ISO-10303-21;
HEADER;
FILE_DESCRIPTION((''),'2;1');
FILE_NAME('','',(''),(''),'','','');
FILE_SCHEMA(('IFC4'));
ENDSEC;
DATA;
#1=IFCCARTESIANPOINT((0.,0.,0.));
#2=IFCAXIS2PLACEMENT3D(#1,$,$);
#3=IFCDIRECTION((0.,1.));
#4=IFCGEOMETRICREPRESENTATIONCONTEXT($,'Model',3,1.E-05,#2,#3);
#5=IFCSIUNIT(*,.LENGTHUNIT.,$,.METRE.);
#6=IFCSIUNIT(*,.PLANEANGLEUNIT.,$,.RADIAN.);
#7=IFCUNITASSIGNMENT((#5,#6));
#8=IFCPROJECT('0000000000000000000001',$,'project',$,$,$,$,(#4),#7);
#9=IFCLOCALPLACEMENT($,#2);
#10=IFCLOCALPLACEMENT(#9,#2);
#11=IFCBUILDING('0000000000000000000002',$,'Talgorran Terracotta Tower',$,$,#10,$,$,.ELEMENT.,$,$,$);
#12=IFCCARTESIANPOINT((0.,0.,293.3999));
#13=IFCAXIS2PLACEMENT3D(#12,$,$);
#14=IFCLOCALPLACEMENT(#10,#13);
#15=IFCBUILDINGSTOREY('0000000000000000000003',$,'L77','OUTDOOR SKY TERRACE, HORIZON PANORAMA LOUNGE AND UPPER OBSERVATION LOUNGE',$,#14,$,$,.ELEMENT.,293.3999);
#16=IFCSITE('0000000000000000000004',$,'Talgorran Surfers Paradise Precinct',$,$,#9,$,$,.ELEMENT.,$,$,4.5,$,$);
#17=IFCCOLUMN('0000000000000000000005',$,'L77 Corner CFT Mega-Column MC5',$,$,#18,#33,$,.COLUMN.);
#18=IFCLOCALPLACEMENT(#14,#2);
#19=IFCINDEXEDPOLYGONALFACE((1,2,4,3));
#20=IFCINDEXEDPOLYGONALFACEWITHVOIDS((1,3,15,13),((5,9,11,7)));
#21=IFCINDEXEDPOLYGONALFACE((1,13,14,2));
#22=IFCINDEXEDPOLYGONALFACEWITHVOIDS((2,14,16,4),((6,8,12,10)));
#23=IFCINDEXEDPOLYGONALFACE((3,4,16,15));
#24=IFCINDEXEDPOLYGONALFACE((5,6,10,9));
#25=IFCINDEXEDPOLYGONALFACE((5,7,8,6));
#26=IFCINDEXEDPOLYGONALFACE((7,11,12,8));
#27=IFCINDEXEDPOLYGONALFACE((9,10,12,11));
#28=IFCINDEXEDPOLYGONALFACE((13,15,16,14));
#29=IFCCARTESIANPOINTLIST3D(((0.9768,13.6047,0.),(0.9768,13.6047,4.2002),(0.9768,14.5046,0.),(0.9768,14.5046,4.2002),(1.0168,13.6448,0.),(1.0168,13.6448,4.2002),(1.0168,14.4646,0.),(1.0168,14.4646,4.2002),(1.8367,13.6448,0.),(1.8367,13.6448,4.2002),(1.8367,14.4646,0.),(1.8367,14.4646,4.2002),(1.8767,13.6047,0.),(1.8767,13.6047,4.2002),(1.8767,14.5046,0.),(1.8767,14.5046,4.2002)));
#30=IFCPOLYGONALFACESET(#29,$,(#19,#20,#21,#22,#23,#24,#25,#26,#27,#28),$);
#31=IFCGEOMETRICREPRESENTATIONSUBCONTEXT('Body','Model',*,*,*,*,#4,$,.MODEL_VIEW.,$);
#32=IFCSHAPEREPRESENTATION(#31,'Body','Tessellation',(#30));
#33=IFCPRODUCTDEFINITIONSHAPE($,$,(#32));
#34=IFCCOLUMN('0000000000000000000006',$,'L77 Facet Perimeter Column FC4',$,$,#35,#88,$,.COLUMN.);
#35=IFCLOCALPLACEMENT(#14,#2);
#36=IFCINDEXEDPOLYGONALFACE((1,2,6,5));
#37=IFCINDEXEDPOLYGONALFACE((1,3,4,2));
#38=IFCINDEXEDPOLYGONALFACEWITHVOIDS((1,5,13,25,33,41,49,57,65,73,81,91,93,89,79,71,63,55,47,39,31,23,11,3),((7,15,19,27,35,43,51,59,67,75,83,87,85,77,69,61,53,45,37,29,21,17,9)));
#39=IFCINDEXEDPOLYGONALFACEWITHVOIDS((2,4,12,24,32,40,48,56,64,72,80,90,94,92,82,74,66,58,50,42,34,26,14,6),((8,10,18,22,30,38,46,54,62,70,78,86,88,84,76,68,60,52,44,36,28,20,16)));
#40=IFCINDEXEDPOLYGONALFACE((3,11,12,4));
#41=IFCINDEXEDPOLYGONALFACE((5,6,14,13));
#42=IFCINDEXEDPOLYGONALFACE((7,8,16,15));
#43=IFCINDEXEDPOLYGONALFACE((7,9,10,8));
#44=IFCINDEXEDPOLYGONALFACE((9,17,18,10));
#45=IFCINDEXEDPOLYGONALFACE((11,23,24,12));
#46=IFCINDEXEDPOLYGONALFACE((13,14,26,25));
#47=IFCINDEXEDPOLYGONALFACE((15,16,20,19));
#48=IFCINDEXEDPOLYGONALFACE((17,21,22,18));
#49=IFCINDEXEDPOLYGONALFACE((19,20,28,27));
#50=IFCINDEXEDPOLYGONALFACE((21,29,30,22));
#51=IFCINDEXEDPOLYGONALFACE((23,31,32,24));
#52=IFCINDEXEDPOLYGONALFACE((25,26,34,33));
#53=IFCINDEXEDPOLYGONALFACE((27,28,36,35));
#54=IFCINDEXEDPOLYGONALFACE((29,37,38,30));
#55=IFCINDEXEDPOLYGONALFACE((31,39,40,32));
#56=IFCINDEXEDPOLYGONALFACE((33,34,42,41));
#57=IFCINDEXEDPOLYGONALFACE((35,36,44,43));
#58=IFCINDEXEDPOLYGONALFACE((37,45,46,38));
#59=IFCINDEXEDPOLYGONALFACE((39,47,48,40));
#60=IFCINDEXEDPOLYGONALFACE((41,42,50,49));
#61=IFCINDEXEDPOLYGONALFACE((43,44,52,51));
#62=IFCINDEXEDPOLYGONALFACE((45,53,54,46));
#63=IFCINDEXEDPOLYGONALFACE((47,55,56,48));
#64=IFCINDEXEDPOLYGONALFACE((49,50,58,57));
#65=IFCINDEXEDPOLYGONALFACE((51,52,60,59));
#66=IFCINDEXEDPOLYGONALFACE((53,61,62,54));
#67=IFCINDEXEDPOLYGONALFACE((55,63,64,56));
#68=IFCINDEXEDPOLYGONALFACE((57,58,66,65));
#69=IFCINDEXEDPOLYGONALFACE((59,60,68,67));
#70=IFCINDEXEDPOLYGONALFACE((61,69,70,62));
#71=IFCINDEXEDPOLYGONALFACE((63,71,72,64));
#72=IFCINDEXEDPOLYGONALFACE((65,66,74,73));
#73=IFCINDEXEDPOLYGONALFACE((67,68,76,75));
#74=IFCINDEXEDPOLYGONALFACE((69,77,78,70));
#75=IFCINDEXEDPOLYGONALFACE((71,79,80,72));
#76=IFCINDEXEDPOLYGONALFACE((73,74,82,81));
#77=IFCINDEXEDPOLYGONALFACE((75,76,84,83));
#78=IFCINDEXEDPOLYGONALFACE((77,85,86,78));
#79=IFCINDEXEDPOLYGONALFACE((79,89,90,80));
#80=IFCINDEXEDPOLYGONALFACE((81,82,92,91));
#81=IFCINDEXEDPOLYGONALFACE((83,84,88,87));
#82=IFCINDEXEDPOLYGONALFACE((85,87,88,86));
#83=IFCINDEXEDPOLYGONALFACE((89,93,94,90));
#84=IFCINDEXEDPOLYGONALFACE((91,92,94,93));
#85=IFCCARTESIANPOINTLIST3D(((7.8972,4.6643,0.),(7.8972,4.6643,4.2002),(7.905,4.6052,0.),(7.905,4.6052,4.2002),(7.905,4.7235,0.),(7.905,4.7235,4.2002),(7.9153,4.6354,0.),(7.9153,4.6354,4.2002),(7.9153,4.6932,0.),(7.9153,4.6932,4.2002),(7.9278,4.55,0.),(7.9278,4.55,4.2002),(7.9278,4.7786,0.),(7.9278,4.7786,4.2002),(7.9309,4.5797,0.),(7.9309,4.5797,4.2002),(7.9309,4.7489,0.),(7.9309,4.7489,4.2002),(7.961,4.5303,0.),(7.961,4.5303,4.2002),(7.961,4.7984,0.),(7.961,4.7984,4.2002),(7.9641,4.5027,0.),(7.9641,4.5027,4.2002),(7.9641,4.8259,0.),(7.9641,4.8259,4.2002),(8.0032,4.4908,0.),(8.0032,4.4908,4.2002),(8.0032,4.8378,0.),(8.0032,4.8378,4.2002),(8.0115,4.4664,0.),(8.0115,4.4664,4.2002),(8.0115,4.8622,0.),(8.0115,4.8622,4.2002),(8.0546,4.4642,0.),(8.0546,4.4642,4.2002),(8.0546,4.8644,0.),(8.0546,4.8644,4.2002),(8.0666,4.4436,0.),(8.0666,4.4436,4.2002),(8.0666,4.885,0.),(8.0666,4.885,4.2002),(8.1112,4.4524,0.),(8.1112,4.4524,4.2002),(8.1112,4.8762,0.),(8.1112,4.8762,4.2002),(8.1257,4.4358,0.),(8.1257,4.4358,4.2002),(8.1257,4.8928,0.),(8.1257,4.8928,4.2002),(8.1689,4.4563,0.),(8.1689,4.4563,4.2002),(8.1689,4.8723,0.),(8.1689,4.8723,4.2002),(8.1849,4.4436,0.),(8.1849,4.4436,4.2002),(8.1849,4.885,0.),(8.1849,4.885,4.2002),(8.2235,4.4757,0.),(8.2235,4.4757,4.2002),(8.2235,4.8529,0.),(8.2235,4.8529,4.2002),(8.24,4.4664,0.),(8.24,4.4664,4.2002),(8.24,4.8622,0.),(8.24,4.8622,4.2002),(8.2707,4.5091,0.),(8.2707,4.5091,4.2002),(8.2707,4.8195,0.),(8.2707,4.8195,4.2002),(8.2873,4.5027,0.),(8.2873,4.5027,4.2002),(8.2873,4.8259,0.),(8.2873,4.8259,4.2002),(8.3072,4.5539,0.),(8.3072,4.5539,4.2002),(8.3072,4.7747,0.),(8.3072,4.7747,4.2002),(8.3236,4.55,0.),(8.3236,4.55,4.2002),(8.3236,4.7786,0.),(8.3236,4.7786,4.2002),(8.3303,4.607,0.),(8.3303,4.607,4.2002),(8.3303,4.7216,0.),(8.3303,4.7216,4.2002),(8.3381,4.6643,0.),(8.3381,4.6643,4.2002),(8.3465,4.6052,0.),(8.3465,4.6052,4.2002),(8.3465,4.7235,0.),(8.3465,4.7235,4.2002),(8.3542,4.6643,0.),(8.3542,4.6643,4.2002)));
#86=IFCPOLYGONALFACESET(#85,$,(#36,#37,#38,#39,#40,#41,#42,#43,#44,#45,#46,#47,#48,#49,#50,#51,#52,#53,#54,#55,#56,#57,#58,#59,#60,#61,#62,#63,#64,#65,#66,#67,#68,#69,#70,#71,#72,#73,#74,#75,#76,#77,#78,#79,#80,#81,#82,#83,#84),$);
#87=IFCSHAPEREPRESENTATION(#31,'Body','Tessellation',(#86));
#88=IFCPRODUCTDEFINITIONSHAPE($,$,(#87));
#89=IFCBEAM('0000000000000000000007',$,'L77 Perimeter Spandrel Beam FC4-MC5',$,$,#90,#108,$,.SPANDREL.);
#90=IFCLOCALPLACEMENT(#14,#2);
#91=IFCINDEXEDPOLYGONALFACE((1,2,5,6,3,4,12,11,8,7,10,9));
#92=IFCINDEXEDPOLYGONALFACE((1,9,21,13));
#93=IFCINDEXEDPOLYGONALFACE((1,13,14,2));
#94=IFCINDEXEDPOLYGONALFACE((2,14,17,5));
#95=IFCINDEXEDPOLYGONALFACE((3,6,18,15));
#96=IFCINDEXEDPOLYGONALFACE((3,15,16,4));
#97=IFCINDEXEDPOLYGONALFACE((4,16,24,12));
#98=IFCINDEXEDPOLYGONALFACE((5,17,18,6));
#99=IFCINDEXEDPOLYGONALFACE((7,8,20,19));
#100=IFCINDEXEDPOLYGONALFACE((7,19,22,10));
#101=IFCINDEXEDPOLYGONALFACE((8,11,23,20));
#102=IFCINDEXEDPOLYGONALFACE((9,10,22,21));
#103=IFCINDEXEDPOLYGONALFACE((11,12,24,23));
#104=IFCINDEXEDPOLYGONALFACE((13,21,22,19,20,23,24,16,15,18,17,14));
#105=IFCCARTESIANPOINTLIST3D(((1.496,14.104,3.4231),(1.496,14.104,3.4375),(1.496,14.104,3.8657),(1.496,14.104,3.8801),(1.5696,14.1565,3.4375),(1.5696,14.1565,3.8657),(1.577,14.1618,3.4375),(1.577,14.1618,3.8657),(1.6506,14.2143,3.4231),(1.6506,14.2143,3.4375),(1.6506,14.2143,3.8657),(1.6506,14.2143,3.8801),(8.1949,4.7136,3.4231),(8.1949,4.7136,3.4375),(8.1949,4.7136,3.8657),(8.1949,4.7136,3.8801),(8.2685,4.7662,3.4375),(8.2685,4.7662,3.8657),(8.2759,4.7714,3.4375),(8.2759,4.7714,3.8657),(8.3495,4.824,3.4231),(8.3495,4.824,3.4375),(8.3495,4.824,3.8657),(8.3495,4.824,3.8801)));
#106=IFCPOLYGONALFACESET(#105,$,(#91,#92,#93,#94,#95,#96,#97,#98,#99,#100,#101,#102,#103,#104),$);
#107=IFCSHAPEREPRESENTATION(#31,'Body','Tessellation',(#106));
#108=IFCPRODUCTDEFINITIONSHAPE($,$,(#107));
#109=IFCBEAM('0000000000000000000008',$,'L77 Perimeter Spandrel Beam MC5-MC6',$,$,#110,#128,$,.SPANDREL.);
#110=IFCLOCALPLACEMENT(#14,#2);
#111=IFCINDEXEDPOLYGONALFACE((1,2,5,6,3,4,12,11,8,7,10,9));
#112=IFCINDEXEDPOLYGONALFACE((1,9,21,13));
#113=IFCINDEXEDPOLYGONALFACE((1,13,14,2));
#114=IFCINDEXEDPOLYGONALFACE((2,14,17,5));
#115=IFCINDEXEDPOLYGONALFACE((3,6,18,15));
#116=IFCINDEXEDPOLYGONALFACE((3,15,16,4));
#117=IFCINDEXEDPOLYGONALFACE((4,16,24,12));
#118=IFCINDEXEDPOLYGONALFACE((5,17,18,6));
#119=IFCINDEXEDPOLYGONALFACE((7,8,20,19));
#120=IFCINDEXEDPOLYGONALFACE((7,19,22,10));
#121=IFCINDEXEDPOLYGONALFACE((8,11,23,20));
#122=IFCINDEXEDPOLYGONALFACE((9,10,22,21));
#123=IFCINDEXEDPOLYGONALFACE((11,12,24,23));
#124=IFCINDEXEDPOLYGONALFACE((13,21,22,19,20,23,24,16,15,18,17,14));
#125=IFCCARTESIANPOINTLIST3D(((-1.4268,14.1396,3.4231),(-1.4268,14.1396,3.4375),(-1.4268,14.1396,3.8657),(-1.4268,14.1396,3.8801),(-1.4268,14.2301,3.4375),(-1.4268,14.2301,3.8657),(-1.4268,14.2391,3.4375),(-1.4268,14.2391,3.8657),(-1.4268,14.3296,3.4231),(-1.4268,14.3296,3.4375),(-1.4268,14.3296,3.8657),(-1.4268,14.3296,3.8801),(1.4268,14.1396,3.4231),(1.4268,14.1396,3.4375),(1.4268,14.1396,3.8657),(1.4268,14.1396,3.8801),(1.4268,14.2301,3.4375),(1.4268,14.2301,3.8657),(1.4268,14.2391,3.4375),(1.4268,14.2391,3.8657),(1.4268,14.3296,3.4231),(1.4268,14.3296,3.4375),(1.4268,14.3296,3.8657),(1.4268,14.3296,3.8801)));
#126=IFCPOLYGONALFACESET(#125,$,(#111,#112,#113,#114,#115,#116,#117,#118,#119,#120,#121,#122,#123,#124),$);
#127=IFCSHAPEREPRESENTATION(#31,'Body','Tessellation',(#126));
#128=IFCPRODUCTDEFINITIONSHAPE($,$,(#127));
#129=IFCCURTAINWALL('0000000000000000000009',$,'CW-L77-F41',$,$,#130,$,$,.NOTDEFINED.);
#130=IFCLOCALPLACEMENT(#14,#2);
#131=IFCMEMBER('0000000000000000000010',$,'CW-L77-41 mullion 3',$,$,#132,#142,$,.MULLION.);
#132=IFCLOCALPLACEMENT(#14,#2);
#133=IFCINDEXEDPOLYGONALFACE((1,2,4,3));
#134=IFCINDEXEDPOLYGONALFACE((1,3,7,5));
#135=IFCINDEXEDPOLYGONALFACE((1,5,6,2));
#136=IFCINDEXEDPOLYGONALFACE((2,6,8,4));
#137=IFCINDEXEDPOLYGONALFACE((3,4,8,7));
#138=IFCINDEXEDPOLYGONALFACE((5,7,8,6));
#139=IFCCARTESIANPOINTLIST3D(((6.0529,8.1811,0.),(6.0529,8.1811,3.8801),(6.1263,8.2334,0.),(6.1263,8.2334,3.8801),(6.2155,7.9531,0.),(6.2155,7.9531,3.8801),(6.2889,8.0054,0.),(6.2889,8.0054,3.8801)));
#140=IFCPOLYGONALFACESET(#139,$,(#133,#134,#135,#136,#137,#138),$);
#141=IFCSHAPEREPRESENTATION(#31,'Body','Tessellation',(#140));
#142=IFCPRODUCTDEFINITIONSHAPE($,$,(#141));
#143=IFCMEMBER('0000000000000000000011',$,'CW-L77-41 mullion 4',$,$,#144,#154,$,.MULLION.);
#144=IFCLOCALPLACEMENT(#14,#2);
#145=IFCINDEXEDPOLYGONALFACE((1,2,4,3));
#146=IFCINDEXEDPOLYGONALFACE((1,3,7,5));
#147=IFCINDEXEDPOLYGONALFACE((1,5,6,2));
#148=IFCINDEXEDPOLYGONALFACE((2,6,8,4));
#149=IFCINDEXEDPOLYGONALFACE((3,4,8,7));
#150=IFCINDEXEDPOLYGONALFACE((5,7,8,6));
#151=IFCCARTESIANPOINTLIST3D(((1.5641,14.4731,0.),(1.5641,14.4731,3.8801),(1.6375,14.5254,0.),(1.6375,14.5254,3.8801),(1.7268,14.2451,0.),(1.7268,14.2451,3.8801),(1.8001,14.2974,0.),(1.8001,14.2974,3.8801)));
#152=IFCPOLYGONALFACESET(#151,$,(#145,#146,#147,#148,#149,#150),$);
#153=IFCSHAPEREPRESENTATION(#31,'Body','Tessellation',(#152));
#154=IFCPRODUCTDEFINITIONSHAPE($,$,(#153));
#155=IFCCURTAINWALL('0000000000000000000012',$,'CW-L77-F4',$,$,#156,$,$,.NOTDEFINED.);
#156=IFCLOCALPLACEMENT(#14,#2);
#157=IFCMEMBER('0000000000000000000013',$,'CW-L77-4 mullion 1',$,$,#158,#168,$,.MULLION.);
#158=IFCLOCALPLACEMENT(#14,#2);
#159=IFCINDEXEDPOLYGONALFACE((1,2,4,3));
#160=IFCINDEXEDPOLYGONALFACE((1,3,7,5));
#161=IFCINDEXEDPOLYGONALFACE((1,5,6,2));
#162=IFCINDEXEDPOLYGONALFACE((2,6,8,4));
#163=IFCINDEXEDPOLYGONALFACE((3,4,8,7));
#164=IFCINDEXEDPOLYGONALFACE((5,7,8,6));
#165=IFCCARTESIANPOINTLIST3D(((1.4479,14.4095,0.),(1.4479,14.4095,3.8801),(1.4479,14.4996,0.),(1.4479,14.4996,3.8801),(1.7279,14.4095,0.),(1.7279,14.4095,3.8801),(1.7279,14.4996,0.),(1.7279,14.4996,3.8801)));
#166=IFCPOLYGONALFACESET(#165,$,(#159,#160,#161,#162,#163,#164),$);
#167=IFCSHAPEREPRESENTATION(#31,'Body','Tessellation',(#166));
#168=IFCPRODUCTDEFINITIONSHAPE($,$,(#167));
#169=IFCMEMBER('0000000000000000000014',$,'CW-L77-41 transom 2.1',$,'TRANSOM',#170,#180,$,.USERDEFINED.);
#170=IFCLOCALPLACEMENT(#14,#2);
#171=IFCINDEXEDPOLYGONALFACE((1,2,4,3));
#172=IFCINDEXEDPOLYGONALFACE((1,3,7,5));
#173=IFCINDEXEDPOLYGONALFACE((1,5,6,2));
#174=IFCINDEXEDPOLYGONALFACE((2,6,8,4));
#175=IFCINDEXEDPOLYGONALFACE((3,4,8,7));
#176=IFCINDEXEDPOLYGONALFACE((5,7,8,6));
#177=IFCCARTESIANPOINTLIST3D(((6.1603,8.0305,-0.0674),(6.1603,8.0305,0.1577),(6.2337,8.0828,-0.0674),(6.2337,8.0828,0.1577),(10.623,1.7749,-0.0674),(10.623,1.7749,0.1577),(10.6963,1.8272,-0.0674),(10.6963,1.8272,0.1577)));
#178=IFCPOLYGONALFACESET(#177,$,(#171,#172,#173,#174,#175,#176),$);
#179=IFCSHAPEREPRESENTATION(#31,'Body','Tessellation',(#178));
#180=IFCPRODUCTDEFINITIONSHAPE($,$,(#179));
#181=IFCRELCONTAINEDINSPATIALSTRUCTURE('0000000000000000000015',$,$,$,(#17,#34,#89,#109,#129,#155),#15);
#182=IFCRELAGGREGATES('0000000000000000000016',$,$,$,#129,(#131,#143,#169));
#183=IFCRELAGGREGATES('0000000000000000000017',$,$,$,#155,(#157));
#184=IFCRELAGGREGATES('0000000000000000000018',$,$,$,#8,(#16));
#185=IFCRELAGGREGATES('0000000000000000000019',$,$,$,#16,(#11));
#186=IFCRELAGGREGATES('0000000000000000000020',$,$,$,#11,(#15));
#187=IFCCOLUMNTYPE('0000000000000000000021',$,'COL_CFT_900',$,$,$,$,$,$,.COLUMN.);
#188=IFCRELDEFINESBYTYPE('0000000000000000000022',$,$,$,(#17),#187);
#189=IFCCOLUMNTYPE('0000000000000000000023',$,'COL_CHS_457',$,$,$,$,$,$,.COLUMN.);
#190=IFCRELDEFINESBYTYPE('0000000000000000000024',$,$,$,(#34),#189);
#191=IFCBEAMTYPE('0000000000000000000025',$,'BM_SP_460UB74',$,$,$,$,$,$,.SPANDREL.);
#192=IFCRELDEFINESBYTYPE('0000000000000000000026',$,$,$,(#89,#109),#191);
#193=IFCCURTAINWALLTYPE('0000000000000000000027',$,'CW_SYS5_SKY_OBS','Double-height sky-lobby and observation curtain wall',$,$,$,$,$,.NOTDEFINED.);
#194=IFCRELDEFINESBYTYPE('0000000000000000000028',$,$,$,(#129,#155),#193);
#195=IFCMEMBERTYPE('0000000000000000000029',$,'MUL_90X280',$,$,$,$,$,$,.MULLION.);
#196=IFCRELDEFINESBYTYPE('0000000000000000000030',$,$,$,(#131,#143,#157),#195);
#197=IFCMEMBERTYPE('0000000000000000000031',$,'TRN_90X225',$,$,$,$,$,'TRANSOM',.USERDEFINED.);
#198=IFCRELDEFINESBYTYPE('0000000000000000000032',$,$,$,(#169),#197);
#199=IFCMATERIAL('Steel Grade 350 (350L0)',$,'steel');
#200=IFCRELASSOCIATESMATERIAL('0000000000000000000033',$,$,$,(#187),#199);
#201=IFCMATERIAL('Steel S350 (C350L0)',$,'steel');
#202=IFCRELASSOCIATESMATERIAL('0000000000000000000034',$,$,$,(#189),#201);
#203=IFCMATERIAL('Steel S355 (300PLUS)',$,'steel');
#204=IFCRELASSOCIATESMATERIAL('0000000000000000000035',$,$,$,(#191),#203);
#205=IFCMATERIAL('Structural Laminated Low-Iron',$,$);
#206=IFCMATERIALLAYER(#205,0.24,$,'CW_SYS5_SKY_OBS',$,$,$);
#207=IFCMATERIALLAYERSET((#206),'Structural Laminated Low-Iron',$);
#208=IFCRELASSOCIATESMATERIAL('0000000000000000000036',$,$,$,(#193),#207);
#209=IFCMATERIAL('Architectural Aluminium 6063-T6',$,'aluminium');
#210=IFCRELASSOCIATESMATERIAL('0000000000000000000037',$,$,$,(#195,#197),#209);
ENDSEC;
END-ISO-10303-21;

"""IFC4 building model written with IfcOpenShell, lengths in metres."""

from ifc_helpers import new_model, si_unit, direction, frame, origin, origin_2d, place, context, subcontext, project, spatial, rectangle, hollow_rectangle, hollow_circle, i_section, extrude, material, layer, layer_set, material_profile, profile_set, type_object, element, aggregate, save


model = new_model("IFC4")

# Units and contexts
model_context = context("Model", 3, precision=1e-05, world=origin(), true_north=direction((0.0, 1.0)))
body_context = subcontext(model_context, "Body", "Model", "MODEL_VIEW")
ifc_project = project(units=[si_unit("LENGTHUNIT", "METRE"), si_unit("PLANEANGLEUNIT", "RADIAN")], contexts=[model_context])

# Site, building, storey
site_placement = place(None, origin())
site = spatial("IfcSite", under=ifc_project, at=site_placement, Name="Talgorran Surfers Paradise Precinct", CompositionType="ELEMENT", RefElevation=4.5)
building_placement = place(site_placement, origin())
building = spatial("IfcBuilding", under=site, at=building_placement, Name="Talgorran Terracotta Tower", CompositionType="ELEMENT")
storey_placement = place(building_placement, frame((0.0, 0.0, 293.3999)))
storey = spatial("IfcBuildingStorey", under=building, at=storey_placement, Name="L77", Description="OUTDOOR SKY TERRACE, HORIZON PANORAMA LOUNGE AND UPPER OBSERVATION LOUNGE", CompositionType="ELEMENT", Elevation=293.3999)

# Columns
ifc_material_1 = material(Name="Steel Grade 350 (350L0)", Category="steel")
ifc_material_profile_1 = material_profile(ifc_material_1, hollow_rectangle(XDim=0.8999, YDim=0.8999, WallThickness=0.04, at=origin_2d()), Name="CFT900X900X40")
ifc_profile_set_1 = profile_set([ifc_material_profile_1], Name="Steel Grade 350 (350L0)")
column_type_1 = type_object("IfcColumnType", Name="COL_CFT_900", PredefinedType="COLUMN", material=ifc_profile_set_1)
column_1_placement = place(storey_placement, frame((1.4268, 14.0547, 0.0), z_axis=(0.0, 0.0, 1.0), x_axis=(1.0, 0.0, 0.0)))
element("IfcColumn", 1, at=column_1_placement, inside=storey, type_object=column_type_1, Name="L77 Corner CFT Mega-Column MC5", PredefinedType="COLUMN", context=body_context, shape_type="SweptSolid", body=[
    extrude(hollow_rectangle(XDim=0.8999, YDim=0.8999, WallThickness=0.04, at=origin_2d()), origin(), (0.0, 0.0, 1.0), 4.2002),
])
ifc_material_2 = material(Name="Steel S350 (C350L0)", Category="steel")
ifc_material_profile_2 = material_profile(ifc_material_2, hollow_circle(Radius=0.2285, WallThickness=0.0161, at=origin_2d()), Name="CHS457X16")
ifc_profile_set_2 = profile_set([ifc_material_profile_2], Name="Steel S350 (C350L0)")
column_type_2 = type_object("IfcColumnType", Name="COL_CHS_457", PredefinedType="COLUMN", material=ifc_profile_set_2)
column_2_placement = place(storey_placement, frame((8.1257, 4.6643, 0.0), z_axis=(0.0, 0.0, 1.0), x_axis=(1.0, 0.0, 0.0)))
element("IfcColumn", 2, at=column_2_placement, inside=storey, type_object=column_type_2, Name="L77 Facet Perimeter Column FC4", PredefinedType="COLUMN", context=body_context, shape_type="SweptSolid", body=[
    extrude(hollow_circle(Radius=0.2285, WallThickness=0.0161, at=origin_2d()), origin(), (0.0, 0.0, 1.0), 4.2002),
])

# Beams
ifc_material_3 = material(Name="Steel S355 (300PLUS)", Category="steel")
ifc_material_profile_3 = material_profile(ifc_material_3, i_section(OverallWidth=0.1899, OverallDepth=0.457, WebThickness=0.009, FlangeThickness=0.0144, at=origin_2d()), Name="460UB74.6")
ifc_profile_set_3 = profile_set([ifc_material_profile_3], Name="Steel S355 (300PLUS)")
beam_type = type_object("IfcBeamType", Name="BM_SP_460UB74", PredefinedType="SPANDREL", material=ifc_profile_set_3)
beam_1_placement = place(storey_placement, frame((8.2722, 4.7688, 3.6516), z_axis=(-0.580754, 0.814079, 0.0), x_axis=(-0.814079, -0.580754, 0.0)))
element("IfcBeam", 3, at=beam_1_placement, inside=storey, type_object=beam_type, Name="L77 Perimeter Spandrel Beam FC4-MC5", PredefinedType="SPANDREL", context=body_context, shape_type="SweptSolid", body=[
    extrude(i_section(OverallWidth=0.1899, OverallDepth=0.457, WebThickness=0.009, FlangeThickness=0.0144, at=origin_2d()), origin(), (0.0, 0.0, 1.0), 11.5349),
])
beam_2_placement = place(storey_placement, frame((1.4268, 14.2346, 3.6516), z_axis=(-1.0, 0.0, 0.0), x_axis=(0.0, -1.0, 0.0)))
element("IfcBeam", 4, at=beam_2_placement, inside=storey, type_object=beam_type, Name="L77 Perimeter Spandrel Beam MC5-MC6", PredefinedType="SPANDREL", context=body_context, shape_type="SweptSolid", body=[
    extrude(i_section(OverallWidth=0.1899, OverallDepth=0.457, WebThickness=0.009, FlangeThickness=0.0144, at=origin_2d()), origin(), (0.0, 0.0, 1.0), 2.8535),
])

# Curtain wall, members
ifc_material_4 = material(Name="Structural Laminated Low-Iron")
ifc_layer_1 = layer(ifc_material_4, 0.24, Name="CW_SYS5_SKY_OBS")
ifc_layer_set_1 = layer_set([ifc_layer_1], Name="Structural Laminated Low-Iron")
curtain_wall_type = type_object("IfcCurtainWallType", Name="CW_SYS5_SKY_OBS", Description="Double-height sky-lobby and observation curtain wall", PredefinedType="NOTDEFINED", material=ifc_layer_set_1)
curtain_wall_1_placement = place(storey_placement, origin())
curtain_wall_1 = element("IfcCurtainWall", 5, at=curtain_wall_1_placement, inside=storey, type_object=curtain_wall_type, Name="CW-L77-F41", PredefinedType="NOTDEFINED")
ifc_material_5 = material(Name="Architectural Aluminium 6063-T6", Category="aluminium")
ifc_material_profile_4 = material_profile(ifc_material_5, rectangle(XDim=0.0901, YDim=0.28, at=origin_2d()), Name="CWM90X280")
ifc_profile_set_4 = profile_set([ifc_material_profile_4], Name="Architectural Aluminium 6063-T6")
member_type_1 = type_object("IfcMemberType", Name="MUL_90X280", PredefinedType="MULLION", material=ifc_profile_set_4)
member_1_placement = place(storey_placement, frame((6.1709, 8.0933, 0.0), z_axis=(0.0, 0.0, 1.0), x_axis=(-0.814075, -0.58076, 0.0)))
member_1 = element("IfcMember", 6, at=member_1_placement, type_object=member_type_1, Name="CW-L77-41 mullion 3", PredefinedType="MULLION", context=body_context, shape_type="SweptSolid", body=[
    extrude(rectangle(XDim=0.0901, YDim=0.28, at=origin_2d()), origin(), (0.0, 0.0, 1.0), 3.8801),
])
member_2_placement = place(storey_placement, frame((1.6821, 14.3853, 0.0), z_axis=(0.0, 0.0, 1.0), x_axis=(-0.814075, -0.58076, 0.0)))
member_2 = element("IfcMember", 7, at=member_2_placement, type_object=member_type_1, Name="CW-L77-41 mullion 4", PredefinedType="MULLION", context=body_context, shape_type="SweptSolid", body=[
    extrude(rectangle(XDim=0.0901, YDim=0.28, at=origin_2d()), origin(), (0.0, 0.0, 1.0), 3.8801),
])

# Curtain wall, member
curtain_wall_2_placement = place(storey_placement, origin())
curtain_wall_2 = element("IfcCurtainWall", 8, at=curtain_wall_2_placement, inside=storey, type_object=curtain_wall_type, Name="CW-L77-F4", PredefinedType="NOTDEFINED")
member_3_placement = place(storey_placement, frame((1.5879, 14.4546, 0.0), z_axis=(0.0, 0.0, 1.0), x_axis=(0.0, -1.0, 0.0)))
member_3 = element("IfcMember", 9, at=member_3_placement, type_object=member_type_1, Name="CW-L77-4 mullion 1", PredefinedType="MULLION", context=body_context, shape_type="SweptSolid", body=[
    extrude(rectangle(XDim=0.0901, YDim=0.28, at=origin_2d()), origin(), (0.0, 0.0, 1.0), 3.8801),
])

# Member
ifc_material_profile_5 = material_profile(ifc_material_5, rectangle(XDim=0.0901, YDim=0.2251, at=origin_2d()), Name="CWT90X225")
ifc_profile_set_5 = profile_set([ifc_material_profile_5], Name="Architectural Aluminium 6063-T6")
member_type_2 = type_object("IfcMemberType", Name="TRN_90X225", ElementType="TRANSOM", PredefinedType="USERDEFINED", material=ifc_profile_set_5)
member_4_placement = place(storey_placement, frame((10.6597, 1.801, 0.0452), z_axis=(-0.580751, 0.814081, 0.0), x_axis=(-0.814081, -0.580751, 0.0)))
member_4 = element("IfcMember", 10, at=member_4_placement, type_object=member_type_2, Name="CW-L77-41 transom 2.1", ObjectType="TRANSOM", PredefinedType="USERDEFINED", context=body_context, shape_type="SweptSolid", body=[
    extrude(rectangle(XDim=0.0901, YDim=0.2251, at=origin_2d()), origin(), (0.0, 0.0, 1.0), 7.6843),
])

aggregate(curtain_wall_1, [member_1, member_2, member_4])
aggregate(curtain_wall_2, [member_3])

save(model, "model.ifc")
